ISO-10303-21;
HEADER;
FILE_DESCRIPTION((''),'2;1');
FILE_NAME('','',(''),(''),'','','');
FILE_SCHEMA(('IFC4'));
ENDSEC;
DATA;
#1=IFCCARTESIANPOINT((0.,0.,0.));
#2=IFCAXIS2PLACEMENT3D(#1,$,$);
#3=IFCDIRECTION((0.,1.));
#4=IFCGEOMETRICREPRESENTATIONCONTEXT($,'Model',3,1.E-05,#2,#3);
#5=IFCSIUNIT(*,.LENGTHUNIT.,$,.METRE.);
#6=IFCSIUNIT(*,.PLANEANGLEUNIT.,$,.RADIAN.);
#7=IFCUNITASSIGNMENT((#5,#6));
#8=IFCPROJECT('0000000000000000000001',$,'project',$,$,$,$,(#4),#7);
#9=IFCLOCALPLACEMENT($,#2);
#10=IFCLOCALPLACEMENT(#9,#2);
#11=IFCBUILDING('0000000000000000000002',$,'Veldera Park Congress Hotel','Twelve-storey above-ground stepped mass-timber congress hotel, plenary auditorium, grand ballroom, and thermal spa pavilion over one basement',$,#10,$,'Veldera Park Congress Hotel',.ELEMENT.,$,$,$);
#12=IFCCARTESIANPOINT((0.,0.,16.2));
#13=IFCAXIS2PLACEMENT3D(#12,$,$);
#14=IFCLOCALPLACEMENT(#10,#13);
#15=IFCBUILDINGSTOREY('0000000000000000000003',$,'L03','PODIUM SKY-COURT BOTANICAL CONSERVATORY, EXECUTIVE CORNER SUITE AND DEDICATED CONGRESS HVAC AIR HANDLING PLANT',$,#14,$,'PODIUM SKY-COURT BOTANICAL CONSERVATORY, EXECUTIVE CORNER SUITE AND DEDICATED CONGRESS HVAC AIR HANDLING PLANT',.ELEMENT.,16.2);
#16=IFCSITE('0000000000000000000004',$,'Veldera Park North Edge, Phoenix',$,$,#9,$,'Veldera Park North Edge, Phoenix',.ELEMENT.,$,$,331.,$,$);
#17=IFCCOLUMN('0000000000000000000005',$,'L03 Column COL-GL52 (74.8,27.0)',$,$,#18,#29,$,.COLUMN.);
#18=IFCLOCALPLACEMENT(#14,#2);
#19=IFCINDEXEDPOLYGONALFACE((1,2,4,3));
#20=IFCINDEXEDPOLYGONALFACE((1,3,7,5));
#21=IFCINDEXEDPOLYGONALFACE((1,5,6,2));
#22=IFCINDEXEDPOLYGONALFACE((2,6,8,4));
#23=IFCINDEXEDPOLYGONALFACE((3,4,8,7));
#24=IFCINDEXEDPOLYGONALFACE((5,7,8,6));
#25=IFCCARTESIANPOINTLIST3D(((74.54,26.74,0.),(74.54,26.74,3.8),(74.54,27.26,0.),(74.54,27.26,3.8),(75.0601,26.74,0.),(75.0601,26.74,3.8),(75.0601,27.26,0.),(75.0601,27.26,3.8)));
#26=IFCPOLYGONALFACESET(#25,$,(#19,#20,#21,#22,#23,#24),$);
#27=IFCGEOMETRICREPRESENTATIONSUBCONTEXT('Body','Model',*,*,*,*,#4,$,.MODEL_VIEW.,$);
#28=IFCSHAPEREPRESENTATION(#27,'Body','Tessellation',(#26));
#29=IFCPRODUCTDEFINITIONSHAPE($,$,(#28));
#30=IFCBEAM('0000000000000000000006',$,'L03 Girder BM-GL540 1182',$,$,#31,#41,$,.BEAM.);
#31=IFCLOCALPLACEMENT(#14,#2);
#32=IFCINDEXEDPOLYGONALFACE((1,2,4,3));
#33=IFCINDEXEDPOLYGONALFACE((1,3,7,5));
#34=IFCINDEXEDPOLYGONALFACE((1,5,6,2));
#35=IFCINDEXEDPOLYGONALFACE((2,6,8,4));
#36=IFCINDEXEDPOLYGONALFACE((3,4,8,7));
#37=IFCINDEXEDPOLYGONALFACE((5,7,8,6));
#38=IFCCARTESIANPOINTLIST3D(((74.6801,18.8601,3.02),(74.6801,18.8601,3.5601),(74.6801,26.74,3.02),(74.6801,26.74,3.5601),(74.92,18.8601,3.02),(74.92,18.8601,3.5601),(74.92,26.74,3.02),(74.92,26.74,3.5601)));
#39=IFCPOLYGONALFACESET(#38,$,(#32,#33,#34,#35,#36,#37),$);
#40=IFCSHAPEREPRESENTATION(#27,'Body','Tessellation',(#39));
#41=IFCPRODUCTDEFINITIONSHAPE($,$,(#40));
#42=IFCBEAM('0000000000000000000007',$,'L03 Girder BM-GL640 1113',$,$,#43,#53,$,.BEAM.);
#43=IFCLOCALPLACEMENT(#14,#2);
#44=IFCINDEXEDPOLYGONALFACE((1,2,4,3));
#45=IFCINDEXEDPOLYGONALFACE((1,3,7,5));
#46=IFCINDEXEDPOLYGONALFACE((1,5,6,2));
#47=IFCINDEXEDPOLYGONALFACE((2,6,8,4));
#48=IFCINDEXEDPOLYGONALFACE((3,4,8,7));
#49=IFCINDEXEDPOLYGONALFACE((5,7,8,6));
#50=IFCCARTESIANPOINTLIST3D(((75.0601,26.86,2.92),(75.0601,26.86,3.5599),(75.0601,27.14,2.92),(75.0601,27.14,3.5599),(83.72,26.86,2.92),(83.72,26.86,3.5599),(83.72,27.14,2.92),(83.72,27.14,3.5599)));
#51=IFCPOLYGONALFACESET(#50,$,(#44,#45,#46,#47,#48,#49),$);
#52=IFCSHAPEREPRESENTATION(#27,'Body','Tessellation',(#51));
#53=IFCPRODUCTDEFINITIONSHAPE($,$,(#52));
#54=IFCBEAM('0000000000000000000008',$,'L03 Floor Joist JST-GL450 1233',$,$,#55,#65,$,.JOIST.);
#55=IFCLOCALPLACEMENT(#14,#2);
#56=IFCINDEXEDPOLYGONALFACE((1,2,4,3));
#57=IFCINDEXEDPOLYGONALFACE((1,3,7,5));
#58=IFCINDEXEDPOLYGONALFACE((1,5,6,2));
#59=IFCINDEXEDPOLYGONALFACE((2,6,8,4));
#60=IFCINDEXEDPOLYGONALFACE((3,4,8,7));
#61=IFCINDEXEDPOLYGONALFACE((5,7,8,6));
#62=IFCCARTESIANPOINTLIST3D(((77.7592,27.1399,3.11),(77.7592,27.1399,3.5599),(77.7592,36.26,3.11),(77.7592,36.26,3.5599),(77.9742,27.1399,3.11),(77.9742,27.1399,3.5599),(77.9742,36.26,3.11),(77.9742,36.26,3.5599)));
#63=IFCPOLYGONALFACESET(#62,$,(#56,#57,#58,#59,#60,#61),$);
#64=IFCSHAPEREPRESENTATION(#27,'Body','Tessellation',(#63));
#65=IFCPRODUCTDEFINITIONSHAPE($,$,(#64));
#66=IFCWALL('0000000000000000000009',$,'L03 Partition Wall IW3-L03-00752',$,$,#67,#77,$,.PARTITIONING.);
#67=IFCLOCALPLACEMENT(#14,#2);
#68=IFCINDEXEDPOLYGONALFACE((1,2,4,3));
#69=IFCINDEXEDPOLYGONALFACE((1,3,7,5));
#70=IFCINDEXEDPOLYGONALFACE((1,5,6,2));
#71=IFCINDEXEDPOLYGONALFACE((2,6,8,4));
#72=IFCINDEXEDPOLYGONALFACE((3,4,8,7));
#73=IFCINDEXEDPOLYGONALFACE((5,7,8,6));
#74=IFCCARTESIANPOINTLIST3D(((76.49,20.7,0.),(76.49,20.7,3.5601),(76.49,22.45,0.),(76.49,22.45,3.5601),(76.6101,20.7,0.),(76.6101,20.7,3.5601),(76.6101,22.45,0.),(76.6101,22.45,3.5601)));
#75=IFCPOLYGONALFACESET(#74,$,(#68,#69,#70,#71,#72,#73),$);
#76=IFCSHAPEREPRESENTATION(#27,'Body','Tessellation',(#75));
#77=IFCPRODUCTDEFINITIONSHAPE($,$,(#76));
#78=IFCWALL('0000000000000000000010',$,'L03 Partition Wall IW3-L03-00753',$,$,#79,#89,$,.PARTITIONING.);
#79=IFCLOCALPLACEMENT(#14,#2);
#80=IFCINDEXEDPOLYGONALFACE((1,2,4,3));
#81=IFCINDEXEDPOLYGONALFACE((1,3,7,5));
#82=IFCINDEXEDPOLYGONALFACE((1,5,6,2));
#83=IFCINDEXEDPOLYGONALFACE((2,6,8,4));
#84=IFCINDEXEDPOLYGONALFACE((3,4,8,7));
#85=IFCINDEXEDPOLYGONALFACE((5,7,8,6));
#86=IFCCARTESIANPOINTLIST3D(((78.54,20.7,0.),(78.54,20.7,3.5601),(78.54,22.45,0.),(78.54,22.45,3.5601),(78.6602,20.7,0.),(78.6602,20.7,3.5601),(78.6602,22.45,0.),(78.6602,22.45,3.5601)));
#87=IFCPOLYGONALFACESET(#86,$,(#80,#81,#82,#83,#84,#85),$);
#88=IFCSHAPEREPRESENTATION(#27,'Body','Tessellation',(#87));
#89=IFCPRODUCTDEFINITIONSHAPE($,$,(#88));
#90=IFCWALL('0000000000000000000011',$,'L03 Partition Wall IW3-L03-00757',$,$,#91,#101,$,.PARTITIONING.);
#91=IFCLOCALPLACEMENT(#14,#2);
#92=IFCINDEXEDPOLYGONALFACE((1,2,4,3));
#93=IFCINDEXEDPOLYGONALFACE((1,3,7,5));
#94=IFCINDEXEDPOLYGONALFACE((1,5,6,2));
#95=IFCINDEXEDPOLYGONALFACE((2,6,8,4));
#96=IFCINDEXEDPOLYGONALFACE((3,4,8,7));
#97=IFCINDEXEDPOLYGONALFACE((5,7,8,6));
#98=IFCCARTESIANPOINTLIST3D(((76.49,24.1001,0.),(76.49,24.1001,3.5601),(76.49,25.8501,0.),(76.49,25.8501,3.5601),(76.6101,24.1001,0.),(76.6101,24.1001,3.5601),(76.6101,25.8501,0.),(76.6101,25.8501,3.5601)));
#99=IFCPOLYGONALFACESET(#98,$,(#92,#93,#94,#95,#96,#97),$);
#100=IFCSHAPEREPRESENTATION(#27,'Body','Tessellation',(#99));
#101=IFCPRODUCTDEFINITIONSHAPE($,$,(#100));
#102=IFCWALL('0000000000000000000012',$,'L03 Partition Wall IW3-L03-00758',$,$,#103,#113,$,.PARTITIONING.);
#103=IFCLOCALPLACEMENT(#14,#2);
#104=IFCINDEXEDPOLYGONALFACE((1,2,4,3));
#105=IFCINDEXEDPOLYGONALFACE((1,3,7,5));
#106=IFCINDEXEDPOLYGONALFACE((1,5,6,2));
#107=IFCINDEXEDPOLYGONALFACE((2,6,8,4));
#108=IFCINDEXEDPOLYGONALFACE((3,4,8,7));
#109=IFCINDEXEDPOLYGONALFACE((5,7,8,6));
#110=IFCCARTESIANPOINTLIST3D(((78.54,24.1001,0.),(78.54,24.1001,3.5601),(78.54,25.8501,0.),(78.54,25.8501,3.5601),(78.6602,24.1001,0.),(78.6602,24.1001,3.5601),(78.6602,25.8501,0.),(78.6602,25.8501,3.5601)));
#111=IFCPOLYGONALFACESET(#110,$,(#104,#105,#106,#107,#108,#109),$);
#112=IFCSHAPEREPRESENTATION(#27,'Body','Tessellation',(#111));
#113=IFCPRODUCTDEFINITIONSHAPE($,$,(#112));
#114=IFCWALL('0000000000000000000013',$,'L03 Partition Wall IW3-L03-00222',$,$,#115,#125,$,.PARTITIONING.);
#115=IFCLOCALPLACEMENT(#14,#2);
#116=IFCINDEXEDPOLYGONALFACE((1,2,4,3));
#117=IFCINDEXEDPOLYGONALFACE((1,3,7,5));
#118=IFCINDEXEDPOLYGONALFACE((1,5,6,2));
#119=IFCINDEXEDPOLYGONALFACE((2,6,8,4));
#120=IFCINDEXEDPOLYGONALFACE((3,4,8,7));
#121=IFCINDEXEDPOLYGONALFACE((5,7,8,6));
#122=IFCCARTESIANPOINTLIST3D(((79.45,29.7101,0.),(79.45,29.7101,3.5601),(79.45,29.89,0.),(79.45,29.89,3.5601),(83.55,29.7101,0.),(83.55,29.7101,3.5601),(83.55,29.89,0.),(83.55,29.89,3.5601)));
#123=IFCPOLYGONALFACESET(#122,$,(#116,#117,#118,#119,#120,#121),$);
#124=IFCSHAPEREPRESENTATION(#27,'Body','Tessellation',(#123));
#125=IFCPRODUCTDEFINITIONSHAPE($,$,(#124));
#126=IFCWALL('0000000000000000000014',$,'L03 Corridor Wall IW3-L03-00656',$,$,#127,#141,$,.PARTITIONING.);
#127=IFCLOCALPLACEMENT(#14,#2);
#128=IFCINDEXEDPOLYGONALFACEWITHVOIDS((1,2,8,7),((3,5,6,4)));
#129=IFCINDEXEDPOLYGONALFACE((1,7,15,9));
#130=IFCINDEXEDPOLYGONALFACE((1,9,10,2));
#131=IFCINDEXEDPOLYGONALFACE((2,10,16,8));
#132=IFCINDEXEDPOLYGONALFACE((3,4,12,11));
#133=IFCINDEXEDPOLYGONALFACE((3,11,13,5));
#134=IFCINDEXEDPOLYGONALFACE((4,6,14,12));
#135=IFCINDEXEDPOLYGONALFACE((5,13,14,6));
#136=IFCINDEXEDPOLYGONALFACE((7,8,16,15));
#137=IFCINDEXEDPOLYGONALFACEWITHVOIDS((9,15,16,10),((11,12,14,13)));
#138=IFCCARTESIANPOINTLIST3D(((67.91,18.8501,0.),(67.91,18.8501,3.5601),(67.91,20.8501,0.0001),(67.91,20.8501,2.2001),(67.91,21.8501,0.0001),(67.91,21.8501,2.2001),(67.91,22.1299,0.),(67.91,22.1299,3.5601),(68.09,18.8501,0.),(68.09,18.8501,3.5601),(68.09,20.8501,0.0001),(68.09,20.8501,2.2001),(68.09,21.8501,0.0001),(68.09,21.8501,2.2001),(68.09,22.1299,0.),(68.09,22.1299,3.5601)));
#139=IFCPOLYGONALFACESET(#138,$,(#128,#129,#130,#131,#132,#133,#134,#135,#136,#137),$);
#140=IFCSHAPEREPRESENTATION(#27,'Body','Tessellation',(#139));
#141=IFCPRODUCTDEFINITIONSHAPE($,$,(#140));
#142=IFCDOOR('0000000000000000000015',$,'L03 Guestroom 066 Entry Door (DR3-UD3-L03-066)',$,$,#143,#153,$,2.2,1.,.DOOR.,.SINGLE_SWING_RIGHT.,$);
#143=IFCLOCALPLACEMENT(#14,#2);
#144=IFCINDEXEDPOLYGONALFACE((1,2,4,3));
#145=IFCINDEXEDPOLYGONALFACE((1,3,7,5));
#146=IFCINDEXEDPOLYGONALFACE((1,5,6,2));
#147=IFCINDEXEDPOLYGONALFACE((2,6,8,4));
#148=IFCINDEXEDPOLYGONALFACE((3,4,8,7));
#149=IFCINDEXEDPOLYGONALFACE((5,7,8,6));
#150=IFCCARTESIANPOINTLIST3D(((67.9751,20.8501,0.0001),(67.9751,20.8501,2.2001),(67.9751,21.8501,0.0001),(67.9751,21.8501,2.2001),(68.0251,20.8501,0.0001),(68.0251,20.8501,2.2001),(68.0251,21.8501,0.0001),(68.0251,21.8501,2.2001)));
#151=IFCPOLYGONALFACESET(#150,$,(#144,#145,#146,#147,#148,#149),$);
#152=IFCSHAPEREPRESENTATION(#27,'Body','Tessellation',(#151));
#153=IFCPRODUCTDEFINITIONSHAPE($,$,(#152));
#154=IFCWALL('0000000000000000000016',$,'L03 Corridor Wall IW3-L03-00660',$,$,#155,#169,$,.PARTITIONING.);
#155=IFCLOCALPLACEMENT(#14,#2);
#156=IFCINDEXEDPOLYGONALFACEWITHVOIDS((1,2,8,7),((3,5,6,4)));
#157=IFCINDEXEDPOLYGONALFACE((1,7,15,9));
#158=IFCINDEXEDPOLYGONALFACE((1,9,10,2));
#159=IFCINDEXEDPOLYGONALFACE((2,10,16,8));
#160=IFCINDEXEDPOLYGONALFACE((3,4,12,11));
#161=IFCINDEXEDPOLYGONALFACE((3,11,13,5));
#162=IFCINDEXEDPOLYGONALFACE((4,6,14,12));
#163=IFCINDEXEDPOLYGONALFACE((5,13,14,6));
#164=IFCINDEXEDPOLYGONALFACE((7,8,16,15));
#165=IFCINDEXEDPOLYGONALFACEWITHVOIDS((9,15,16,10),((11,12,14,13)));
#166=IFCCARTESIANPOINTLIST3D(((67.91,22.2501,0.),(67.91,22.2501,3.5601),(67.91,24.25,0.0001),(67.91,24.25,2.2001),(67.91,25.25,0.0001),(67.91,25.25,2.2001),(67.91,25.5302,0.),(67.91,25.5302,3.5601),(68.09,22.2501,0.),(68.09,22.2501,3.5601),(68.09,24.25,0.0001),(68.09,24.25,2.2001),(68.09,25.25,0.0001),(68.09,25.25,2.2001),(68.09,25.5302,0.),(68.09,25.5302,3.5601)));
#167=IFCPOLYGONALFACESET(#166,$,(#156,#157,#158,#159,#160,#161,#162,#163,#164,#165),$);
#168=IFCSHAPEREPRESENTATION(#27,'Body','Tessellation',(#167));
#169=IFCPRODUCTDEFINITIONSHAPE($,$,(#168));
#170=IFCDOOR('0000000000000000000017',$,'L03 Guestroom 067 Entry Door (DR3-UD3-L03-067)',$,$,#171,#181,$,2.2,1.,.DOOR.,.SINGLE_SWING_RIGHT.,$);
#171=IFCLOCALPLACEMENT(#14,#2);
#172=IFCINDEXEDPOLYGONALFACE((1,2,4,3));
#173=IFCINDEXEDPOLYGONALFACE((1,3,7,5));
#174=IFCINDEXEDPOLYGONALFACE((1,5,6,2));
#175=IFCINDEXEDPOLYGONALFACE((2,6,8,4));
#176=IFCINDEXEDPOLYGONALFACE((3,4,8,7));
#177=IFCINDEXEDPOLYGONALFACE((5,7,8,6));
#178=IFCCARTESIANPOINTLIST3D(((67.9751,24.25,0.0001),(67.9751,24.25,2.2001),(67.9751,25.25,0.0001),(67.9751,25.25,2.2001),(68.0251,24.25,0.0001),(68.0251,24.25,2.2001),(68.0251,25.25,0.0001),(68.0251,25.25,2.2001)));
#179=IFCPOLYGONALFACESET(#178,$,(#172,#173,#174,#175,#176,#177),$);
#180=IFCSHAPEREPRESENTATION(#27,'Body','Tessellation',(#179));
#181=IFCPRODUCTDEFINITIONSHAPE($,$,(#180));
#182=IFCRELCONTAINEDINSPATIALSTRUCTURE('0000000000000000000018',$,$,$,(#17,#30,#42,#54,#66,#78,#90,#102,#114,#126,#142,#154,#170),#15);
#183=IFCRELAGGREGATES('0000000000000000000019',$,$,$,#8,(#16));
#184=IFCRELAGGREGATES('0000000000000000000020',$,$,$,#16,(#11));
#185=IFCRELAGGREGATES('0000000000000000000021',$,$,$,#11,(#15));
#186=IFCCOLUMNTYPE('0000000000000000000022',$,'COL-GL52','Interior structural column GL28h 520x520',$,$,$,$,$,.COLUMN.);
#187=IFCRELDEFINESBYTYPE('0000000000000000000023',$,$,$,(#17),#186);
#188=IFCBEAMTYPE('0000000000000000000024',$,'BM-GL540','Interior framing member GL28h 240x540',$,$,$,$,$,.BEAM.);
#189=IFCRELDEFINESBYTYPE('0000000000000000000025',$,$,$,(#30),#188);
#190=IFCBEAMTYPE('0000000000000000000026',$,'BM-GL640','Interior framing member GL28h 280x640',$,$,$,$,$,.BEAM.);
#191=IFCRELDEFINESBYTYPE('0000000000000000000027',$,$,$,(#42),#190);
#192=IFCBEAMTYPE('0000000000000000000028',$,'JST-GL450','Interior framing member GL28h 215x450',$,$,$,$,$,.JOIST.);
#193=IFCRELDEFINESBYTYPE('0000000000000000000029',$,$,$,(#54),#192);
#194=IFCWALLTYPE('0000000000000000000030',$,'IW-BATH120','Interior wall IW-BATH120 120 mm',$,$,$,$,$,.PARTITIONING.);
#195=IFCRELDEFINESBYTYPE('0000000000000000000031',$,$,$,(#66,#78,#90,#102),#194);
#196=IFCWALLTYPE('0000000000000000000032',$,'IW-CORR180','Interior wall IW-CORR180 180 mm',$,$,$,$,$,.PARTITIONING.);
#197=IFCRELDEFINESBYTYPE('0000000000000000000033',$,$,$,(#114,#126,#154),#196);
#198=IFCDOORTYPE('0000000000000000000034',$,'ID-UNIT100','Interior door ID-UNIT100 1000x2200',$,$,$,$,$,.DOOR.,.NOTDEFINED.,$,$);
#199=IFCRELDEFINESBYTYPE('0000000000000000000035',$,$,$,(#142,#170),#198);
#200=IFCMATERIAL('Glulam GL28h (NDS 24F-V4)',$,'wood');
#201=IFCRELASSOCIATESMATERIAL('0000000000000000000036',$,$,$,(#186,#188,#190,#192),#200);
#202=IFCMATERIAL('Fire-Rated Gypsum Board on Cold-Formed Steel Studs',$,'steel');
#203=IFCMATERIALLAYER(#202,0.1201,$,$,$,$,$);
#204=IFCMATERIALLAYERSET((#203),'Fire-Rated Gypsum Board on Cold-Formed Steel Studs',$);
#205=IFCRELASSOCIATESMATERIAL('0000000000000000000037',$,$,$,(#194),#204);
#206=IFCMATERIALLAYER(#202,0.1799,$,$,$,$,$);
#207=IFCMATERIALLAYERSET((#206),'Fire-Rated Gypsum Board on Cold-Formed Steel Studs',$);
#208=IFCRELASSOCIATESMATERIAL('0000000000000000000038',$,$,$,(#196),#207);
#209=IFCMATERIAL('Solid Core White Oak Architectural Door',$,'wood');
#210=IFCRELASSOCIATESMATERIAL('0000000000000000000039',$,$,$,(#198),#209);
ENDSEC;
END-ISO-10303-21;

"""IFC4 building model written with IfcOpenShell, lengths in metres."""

from ifc_helpers import new_model, si_unit, direction, frame, frame_2d, origin, origin_2d, place, context, subcontext, project, spatial, rectangle, extrude, material, layer, layer_set, material_profile, profile_set, type_object, element, fill, save


model = new_model("IFC4")

# Units and contexts
model_context = context("Model", 3, precision=1e-05, world=origin(), true_north=direction((0.0, 1.0)))
body_context = subcontext(model_context, "Body", "Model", "MODEL_VIEW")
ifc_project = project(units=[si_unit("LENGTHUNIT", "METRE"), si_unit("PLANEANGLEUNIT", "RADIAN")], contexts=[model_context])

# Site, building, storey
site_placement = place(None, origin())
site = spatial("IfcSite", under=ifc_project, at=site_placement, Name="Veldera Park North Edge, Phoenix", LongName="Veldera Park North Edge, Phoenix", CompositionType="ELEMENT", RefElevation=331.0)
building_placement = place(site_placement, origin())
building = spatial("IfcBuilding", under=site, at=building_placement, Name="Veldera Park Congress Hotel", Description="Twelve-storey above-ground stepped mass-timber congress hotel, plenary auditorium, grand ballroom, and thermal spa pavilion over one basement", LongName="Veldera Park Congress Hotel", CompositionType="ELEMENT")
storey_placement = place(building_placement, frame((0.0, 0.0, 16.2)))
storey = spatial("IfcBuildingStorey", under=building, at=storey_placement, Name="L03", Description="PODIUM SKY-COURT BOTANICAL CONSERVATORY, EXECUTIVE CORNER SUITE AND DEDICATED CONGRESS HVAC AIR HANDLING PLANT", LongName="PODIUM SKY-COURT BOTANICAL CONSERVATORY, EXECUTIVE CORNER SUITE AND DEDICATED CONGRESS HVAC AIR HANDLING PLANT", CompositionType="ELEMENT", Elevation=16.2)

# Column
ifc_material_1 = material(Name="Glulam GL28h (NDS 24F-V4)", Category="wood")
ifc_material_profile_1 = material_profile(ifc_material_1, rectangle(XDim=0.52, YDim=0.52, at=origin_2d()), Name="GL28h 520x520")
ifc_profile_set_1 = profile_set([ifc_material_profile_1], Name="Glulam GL28h (NDS 24F-V4)")
column_type = type_object("IfcColumnType", Name="COL-GL52", Description="Interior structural column GL28h 520x520", PredefinedType="COLUMN", material=ifc_profile_set_1)
column_placement = place(storey_placement, frame((74.8, 27.0, 0.0), z_axis=(0.0, 0.0, 1.0), x_axis=(1.0, 0.0, 0.0)))
element("IfcColumn", 1, at=column_placement, inside=storey, type_object=column_type, Name="L03 Column COL-GL52 (74.8,27.0)", PredefinedType="COLUMN", context=body_context, shape_type="SweptSolid", body=[
    extrude(rectangle(XDim=0.52, YDim=0.52, at=origin_2d()), origin(), (0.0, 0.0, 1.0), 3.8),
])

# Beams
ifc_material_profile_2 = material_profile(ifc_material_1, rectangle(XDim=0.24, YDim=0.54, at=origin_2d()), Name="GL28h 240x540")
ifc_profile_set_2 = profile_set([ifc_material_profile_2], Name="Glulam GL28h (NDS 24F-V4)")
beam_type_1 = type_object("IfcBeamType", Name="BM-GL540", Description="Interior framing member GL28h 240x540", PredefinedType="BEAM", material=ifc_profile_set_2)
beam_1_placement = place(storey_placement, frame((74.8, 18.8601, 3.29), z_axis=(0.0, 1.0, 0.0), x_axis=(-1.0, 0.0, 0.0)))
element("IfcBeam", 2, at=beam_1_placement, inside=storey, type_object=beam_type_1, Name="L03 Girder BM-GL540 1182", PredefinedType="BEAM", context=body_context, shape_type="SweptSolid", body=[
    extrude(rectangle(XDim=0.24, YDim=0.54, at=origin_2d()), origin(), (0.0, 0.0, 1.0), 7.8799),
])
ifc_material_profile_3 = material_profile(ifc_material_1, rectangle(XDim=0.28, YDim=0.6399, at=origin_2d()), Name="GL28h 280x640")
ifc_profile_set_3 = profile_set([ifc_material_profile_3], Name="Glulam GL28h (NDS 24F-V4)")
beam_type_2 = type_object("IfcBeamType", Name="BM-GL640", Description="Interior framing member GL28h 280x640", PredefinedType="BEAM", material=ifc_profile_set_3)
beam_2_placement = place(storey_placement, frame((75.0601, 27.0, 3.24), z_axis=(1.0, 0.0, 0.0), x_axis=(0.0, 1.0, 0.0)))
element("IfcBeam", 3, at=beam_2_placement, inside=storey, type_object=beam_type_2, Name="L03 Girder BM-GL640 1113", PredefinedType="BEAM", context=body_context, shape_type="SweptSolid", body=[
    extrude(rectangle(XDim=0.28, YDim=0.6399, at=origin_2d()), origin(), (0.0, 0.0, 1.0), 8.6599),
])
ifc_material_profile_4 = material_profile(ifc_material_1, rectangle(XDim=0.2151, YDim=0.45, at=origin_2d()), Name="GL28h 215x450")
ifc_profile_set_4 = profile_set([ifc_material_profile_4], Name="Glulam GL28h (NDS 24F-V4)")
beam_type_3 = type_object("IfcBeamType", Name="JST-GL450", Description="Interior framing member GL28h 215x450", PredefinedType="JOIST", material=ifc_profile_set_4)
beam_3_placement = place(storey_placement, frame((77.8667, 27.1399, 3.335), z_axis=(0.0, 1.0, 0.0), x_axis=(-1.0, 0.0, 0.0)))
element("IfcBeam", 4, at=beam_3_placement, inside=storey, type_object=beam_type_3, Name="L03 Floor Joist JST-GL450 1233", PredefinedType="JOIST", context=body_context, shape_type="SweptSolid", body=[
    extrude(rectangle(XDim=0.2151, YDim=0.45, at=origin_2d()), origin(), (0.0, 0.0, 1.0), 9.1201),
])

# Shared definitions
ifc_material_2 = material(Name="Fire-Rated Gypsum Board on Cold-Formed Steel Studs", Category="steel")
ifc_layer_1 = layer(ifc_material_2, 0.1201)
ifc_layer_set_1 = layer_set([ifc_layer_1], Name="Fire-Rated Gypsum Board on Cold-Formed Steel Studs")
wall_type_1 = type_object("IfcWallType", Name="IW-BATH120", Description="Interior wall IW-BATH120 120 mm", PredefinedType="PARTITIONING", material=ifc_layer_set_1)
ifc_material_3 = material(Name="Solid Core White Oak Architectural Door", Category="wood")

# Walls
for number, where, z_axis, x_axis, name in (
    (5, (76.55, 20.7, 0.0), (0.0, 0.0, 1.0), (0.0, 1.0, 0.0), "L03 Partition Wall IW3-L03-00752"),
    (6, (78.6001, 20.7, 0.0), (0.0, 0.0, 1.0), (0.0, 1.0, 0.0), "L03 Partition Wall IW3-L03-00753"),
):
    element("IfcWall", number, at=place(storey_placement, frame(where, z_axis=z_axis, x_axis=x_axis)), inside=storey, type_object=wall_type_1, Name=name, PredefinedType="PARTITIONING", context=body_context, shape_type="SweptSolid", body=[
        extrude(rectangle(XDim=1.75, YDim=0.1201, at=frame_2d((0.875, 0.0))), origin(), (0.0, 0.0, 1.0), 3.5601),
    ])

# Walls
for number, where, z_axis, x_axis, name in (
    (7, (76.55, 24.1001, 0.0), (0.0, 0.0, 1.0), (0.0, 1.0, 0.0), "L03 Partition Wall IW3-L03-00757"),
    (8, (78.6001, 24.1001, 0.0), (0.0, 0.0, 1.0), (0.0, 1.0, 0.0), "L03 Partition Wall IW3-L03-00758"),
):
    element("IfcWall", number, at=place(storey_placement, frame(where, z_axis=z_axis, x_axis=x_axis)), inside=storey, type_object=wall_type_1, Name=name, PredefinedType="PARTITIONING", context=body_context, shape_type="SweptSolid", body=[
        extrude(rectangle(XDim=1.75, YDim=0.1201, at=frame_2d((0.875, 0.0))), origin(), (0.0, 0.0, 1.0), 3.5601),
    ])

# Wall
ifc_layer_2 = layer(ifc_material_2, 0.1799)
ifc_layer_set_2 = layer_set([ifc_layer_2], Name="Fire-Rated Gypsum Board on Cold-Formed Steel Studs")
wall_type_2 = type_object("IfcWallType", Name="IW-CORR180", Description="Interior wall IW-CORR180 180 mm", PredefinedType="PARTITIONING", material=ifc_layer_set_2)
wall_1_placement = place(storey_placement, frame((79.45, 29.8, 0.0), z_axis=(0.0, 0.0, 1.0), x_axis=(1.0, 0.0, 0.0)))
element("IfcWall", 9, at=wall_1_placement, inside=storey, type_object=wall_type_2, Name="L03 Partition Wall IW3-L03-00222", PredefinedType="PARTITIONING", context=body_context, shape_type="SweptSolid", body=[
    extrude(rectangle(XDim=4.1001, YDim=0.1799, at=frame_2d((2.05, 0.0))), origin(), (0.0, 0.0, 1.0), 3.5601),
])

# Walls, openings, doors
wall_2_placement = place(storey_placement, frame((68.0, 18.8501, 0.0), z_axis=(0.0, 0.0, 1.0), x_axis=(0.0, 1.0, 0.0)))
wall_2 = element("IfcWall", 10, at=wall_2_placement, inside=storey, type_object=wall_type_2, Name="L03 Corridor Wall IW3-L03-00656", PredefinedType="PARTITIONING", context=body_context, shape_type="SweptSolid", body=[
    extrude(rectangle(XDim=3.2798, YDim=0.1799, at=frame_2d((1.6399, 0.0))), origin(), (0.0, 0.0, 1.0), 3.5601),
])
opening_1_placement = place(wall_2_placement, frame((2.0, 0.0, 0.0)))
opening_1 = element("IfcOpeningElement", 11, at=opening_1_placement, cuts=wall_2, PredefinedType="OPENING", context=body_context, shape_type="SweptSolid", body=[
    extrude(rectangle(XDim=1.0, YDim=2.2, at=frame_2d((0.5, 1.1001))), frame((0.0, 0.1021, 0.0), z_axis=(0.0, -1.0, 0.0), x_axis=(1.0, 0.0, 0.0)), (0.0, 0.0, 1.0), 0.2039),
])
door_type_1 = type_object("IfcDoorType", Name="ID-UNIT100", Description="Interior door ID-UNIT100 1000x2200", OperationType="NOTDEFINED", PredefinedType="DOOR", material=ifc_material_3)
door_1_placement = place(opening_1_placement, origin())
door_1 = element("IfcDoor", 12, at=door_1_placement, inside=storey, type_object=door_type_1, Name="L03 Guestroom 066 Entry Door (DR3-UD3-L03-066)", OperationType="SINGLE_SWING_RIGHT", OverallHeight=2.2, OverallWidth=1.0, PredefinedType="DOOR", context=body_context, shape_type="SweptSolid", body=[
    extrude(rectangle(XDim=1.0, YDim=2.2, at=frame_2d((0.5, 1.1001))), frame((0.0, 0.0249, 0.0), z_axis=(0.0, -1.0, 0.0), x_axis=(1.0, 0.0, 0.0)), (0.0, 0.0, 1.0), 0.05),
])
fill(opening_1, door_1)
wall_3_placement = place(storey_placement, frame((68.0, 22.25, 0.0), z_axis=(0.0, 0.0, 1.0), x_axis=(0.0, 1.0, 0.0)))
wall_3 = element("IfcWall", 13, at=wall_3_placement, inside=storey, type_object=wall_type_2, Name="L03 Corridor Wall IW3-L03-00660", PredefinedType="PARTITIONING", context=body_context, shape_type="SweptSolid", body=[
    extrude(rectangle(XDim=3.28, YDim=0.1799, at=frame_2d((1.6401, 0.0))), origin(), (0.0, 0.0, 1.0), 3.5601),
])
opening_2_placement = place(wall_3_placement, frame((2.0, 0.0, 0.0)))
opening_2 = element("IfcOpeningElement", 14, at=opening_2_placement, cuts=wall_3, PredefinedType="OPENING", context=body_context, shape_type="SweptSolid", body=[
    extrude(rectangle(XDim=1.0, YDim=2.2, at=frame_2d((0.5, 1.1001))), frame((0.0, 0.1021, 0.0), z_axis=(0.0, -1.0, 0.0), x_axis=(1.0, 0.0, 0.0)), (0.0, 0.0, 1.0), 0.2039),
])
door_2_placement = place(opening_2_placement, origin())
door_2 = element("IfcDoor", 15, at=door_2_placement, inside=storey, type_object=door_type_1, Name="L03 Guestroom 067 Entry Door (DR3-UD3-L03-067)", OperationType="SINGLE_SWING_RIGHT", OverallHeight=2.2, OverallWidth=1.0, PredefinedType="DOOR", context=body_context, shape_type="SweptSolid", body=[
    extrude(rectangle(XDim=1.0, YDim=2.2, at=frame_2d((0.5, 1.1001))), frame((0.0, 0.0249, 0.0), z_axis=(0.0, -1.0, 0.0), x_axis=(1.0, 0.0, 0.0)), (0.0, 0.0, 1.0), 0.05),
])
fill(opening_2, door_2)

save(model, "model.ifc")
